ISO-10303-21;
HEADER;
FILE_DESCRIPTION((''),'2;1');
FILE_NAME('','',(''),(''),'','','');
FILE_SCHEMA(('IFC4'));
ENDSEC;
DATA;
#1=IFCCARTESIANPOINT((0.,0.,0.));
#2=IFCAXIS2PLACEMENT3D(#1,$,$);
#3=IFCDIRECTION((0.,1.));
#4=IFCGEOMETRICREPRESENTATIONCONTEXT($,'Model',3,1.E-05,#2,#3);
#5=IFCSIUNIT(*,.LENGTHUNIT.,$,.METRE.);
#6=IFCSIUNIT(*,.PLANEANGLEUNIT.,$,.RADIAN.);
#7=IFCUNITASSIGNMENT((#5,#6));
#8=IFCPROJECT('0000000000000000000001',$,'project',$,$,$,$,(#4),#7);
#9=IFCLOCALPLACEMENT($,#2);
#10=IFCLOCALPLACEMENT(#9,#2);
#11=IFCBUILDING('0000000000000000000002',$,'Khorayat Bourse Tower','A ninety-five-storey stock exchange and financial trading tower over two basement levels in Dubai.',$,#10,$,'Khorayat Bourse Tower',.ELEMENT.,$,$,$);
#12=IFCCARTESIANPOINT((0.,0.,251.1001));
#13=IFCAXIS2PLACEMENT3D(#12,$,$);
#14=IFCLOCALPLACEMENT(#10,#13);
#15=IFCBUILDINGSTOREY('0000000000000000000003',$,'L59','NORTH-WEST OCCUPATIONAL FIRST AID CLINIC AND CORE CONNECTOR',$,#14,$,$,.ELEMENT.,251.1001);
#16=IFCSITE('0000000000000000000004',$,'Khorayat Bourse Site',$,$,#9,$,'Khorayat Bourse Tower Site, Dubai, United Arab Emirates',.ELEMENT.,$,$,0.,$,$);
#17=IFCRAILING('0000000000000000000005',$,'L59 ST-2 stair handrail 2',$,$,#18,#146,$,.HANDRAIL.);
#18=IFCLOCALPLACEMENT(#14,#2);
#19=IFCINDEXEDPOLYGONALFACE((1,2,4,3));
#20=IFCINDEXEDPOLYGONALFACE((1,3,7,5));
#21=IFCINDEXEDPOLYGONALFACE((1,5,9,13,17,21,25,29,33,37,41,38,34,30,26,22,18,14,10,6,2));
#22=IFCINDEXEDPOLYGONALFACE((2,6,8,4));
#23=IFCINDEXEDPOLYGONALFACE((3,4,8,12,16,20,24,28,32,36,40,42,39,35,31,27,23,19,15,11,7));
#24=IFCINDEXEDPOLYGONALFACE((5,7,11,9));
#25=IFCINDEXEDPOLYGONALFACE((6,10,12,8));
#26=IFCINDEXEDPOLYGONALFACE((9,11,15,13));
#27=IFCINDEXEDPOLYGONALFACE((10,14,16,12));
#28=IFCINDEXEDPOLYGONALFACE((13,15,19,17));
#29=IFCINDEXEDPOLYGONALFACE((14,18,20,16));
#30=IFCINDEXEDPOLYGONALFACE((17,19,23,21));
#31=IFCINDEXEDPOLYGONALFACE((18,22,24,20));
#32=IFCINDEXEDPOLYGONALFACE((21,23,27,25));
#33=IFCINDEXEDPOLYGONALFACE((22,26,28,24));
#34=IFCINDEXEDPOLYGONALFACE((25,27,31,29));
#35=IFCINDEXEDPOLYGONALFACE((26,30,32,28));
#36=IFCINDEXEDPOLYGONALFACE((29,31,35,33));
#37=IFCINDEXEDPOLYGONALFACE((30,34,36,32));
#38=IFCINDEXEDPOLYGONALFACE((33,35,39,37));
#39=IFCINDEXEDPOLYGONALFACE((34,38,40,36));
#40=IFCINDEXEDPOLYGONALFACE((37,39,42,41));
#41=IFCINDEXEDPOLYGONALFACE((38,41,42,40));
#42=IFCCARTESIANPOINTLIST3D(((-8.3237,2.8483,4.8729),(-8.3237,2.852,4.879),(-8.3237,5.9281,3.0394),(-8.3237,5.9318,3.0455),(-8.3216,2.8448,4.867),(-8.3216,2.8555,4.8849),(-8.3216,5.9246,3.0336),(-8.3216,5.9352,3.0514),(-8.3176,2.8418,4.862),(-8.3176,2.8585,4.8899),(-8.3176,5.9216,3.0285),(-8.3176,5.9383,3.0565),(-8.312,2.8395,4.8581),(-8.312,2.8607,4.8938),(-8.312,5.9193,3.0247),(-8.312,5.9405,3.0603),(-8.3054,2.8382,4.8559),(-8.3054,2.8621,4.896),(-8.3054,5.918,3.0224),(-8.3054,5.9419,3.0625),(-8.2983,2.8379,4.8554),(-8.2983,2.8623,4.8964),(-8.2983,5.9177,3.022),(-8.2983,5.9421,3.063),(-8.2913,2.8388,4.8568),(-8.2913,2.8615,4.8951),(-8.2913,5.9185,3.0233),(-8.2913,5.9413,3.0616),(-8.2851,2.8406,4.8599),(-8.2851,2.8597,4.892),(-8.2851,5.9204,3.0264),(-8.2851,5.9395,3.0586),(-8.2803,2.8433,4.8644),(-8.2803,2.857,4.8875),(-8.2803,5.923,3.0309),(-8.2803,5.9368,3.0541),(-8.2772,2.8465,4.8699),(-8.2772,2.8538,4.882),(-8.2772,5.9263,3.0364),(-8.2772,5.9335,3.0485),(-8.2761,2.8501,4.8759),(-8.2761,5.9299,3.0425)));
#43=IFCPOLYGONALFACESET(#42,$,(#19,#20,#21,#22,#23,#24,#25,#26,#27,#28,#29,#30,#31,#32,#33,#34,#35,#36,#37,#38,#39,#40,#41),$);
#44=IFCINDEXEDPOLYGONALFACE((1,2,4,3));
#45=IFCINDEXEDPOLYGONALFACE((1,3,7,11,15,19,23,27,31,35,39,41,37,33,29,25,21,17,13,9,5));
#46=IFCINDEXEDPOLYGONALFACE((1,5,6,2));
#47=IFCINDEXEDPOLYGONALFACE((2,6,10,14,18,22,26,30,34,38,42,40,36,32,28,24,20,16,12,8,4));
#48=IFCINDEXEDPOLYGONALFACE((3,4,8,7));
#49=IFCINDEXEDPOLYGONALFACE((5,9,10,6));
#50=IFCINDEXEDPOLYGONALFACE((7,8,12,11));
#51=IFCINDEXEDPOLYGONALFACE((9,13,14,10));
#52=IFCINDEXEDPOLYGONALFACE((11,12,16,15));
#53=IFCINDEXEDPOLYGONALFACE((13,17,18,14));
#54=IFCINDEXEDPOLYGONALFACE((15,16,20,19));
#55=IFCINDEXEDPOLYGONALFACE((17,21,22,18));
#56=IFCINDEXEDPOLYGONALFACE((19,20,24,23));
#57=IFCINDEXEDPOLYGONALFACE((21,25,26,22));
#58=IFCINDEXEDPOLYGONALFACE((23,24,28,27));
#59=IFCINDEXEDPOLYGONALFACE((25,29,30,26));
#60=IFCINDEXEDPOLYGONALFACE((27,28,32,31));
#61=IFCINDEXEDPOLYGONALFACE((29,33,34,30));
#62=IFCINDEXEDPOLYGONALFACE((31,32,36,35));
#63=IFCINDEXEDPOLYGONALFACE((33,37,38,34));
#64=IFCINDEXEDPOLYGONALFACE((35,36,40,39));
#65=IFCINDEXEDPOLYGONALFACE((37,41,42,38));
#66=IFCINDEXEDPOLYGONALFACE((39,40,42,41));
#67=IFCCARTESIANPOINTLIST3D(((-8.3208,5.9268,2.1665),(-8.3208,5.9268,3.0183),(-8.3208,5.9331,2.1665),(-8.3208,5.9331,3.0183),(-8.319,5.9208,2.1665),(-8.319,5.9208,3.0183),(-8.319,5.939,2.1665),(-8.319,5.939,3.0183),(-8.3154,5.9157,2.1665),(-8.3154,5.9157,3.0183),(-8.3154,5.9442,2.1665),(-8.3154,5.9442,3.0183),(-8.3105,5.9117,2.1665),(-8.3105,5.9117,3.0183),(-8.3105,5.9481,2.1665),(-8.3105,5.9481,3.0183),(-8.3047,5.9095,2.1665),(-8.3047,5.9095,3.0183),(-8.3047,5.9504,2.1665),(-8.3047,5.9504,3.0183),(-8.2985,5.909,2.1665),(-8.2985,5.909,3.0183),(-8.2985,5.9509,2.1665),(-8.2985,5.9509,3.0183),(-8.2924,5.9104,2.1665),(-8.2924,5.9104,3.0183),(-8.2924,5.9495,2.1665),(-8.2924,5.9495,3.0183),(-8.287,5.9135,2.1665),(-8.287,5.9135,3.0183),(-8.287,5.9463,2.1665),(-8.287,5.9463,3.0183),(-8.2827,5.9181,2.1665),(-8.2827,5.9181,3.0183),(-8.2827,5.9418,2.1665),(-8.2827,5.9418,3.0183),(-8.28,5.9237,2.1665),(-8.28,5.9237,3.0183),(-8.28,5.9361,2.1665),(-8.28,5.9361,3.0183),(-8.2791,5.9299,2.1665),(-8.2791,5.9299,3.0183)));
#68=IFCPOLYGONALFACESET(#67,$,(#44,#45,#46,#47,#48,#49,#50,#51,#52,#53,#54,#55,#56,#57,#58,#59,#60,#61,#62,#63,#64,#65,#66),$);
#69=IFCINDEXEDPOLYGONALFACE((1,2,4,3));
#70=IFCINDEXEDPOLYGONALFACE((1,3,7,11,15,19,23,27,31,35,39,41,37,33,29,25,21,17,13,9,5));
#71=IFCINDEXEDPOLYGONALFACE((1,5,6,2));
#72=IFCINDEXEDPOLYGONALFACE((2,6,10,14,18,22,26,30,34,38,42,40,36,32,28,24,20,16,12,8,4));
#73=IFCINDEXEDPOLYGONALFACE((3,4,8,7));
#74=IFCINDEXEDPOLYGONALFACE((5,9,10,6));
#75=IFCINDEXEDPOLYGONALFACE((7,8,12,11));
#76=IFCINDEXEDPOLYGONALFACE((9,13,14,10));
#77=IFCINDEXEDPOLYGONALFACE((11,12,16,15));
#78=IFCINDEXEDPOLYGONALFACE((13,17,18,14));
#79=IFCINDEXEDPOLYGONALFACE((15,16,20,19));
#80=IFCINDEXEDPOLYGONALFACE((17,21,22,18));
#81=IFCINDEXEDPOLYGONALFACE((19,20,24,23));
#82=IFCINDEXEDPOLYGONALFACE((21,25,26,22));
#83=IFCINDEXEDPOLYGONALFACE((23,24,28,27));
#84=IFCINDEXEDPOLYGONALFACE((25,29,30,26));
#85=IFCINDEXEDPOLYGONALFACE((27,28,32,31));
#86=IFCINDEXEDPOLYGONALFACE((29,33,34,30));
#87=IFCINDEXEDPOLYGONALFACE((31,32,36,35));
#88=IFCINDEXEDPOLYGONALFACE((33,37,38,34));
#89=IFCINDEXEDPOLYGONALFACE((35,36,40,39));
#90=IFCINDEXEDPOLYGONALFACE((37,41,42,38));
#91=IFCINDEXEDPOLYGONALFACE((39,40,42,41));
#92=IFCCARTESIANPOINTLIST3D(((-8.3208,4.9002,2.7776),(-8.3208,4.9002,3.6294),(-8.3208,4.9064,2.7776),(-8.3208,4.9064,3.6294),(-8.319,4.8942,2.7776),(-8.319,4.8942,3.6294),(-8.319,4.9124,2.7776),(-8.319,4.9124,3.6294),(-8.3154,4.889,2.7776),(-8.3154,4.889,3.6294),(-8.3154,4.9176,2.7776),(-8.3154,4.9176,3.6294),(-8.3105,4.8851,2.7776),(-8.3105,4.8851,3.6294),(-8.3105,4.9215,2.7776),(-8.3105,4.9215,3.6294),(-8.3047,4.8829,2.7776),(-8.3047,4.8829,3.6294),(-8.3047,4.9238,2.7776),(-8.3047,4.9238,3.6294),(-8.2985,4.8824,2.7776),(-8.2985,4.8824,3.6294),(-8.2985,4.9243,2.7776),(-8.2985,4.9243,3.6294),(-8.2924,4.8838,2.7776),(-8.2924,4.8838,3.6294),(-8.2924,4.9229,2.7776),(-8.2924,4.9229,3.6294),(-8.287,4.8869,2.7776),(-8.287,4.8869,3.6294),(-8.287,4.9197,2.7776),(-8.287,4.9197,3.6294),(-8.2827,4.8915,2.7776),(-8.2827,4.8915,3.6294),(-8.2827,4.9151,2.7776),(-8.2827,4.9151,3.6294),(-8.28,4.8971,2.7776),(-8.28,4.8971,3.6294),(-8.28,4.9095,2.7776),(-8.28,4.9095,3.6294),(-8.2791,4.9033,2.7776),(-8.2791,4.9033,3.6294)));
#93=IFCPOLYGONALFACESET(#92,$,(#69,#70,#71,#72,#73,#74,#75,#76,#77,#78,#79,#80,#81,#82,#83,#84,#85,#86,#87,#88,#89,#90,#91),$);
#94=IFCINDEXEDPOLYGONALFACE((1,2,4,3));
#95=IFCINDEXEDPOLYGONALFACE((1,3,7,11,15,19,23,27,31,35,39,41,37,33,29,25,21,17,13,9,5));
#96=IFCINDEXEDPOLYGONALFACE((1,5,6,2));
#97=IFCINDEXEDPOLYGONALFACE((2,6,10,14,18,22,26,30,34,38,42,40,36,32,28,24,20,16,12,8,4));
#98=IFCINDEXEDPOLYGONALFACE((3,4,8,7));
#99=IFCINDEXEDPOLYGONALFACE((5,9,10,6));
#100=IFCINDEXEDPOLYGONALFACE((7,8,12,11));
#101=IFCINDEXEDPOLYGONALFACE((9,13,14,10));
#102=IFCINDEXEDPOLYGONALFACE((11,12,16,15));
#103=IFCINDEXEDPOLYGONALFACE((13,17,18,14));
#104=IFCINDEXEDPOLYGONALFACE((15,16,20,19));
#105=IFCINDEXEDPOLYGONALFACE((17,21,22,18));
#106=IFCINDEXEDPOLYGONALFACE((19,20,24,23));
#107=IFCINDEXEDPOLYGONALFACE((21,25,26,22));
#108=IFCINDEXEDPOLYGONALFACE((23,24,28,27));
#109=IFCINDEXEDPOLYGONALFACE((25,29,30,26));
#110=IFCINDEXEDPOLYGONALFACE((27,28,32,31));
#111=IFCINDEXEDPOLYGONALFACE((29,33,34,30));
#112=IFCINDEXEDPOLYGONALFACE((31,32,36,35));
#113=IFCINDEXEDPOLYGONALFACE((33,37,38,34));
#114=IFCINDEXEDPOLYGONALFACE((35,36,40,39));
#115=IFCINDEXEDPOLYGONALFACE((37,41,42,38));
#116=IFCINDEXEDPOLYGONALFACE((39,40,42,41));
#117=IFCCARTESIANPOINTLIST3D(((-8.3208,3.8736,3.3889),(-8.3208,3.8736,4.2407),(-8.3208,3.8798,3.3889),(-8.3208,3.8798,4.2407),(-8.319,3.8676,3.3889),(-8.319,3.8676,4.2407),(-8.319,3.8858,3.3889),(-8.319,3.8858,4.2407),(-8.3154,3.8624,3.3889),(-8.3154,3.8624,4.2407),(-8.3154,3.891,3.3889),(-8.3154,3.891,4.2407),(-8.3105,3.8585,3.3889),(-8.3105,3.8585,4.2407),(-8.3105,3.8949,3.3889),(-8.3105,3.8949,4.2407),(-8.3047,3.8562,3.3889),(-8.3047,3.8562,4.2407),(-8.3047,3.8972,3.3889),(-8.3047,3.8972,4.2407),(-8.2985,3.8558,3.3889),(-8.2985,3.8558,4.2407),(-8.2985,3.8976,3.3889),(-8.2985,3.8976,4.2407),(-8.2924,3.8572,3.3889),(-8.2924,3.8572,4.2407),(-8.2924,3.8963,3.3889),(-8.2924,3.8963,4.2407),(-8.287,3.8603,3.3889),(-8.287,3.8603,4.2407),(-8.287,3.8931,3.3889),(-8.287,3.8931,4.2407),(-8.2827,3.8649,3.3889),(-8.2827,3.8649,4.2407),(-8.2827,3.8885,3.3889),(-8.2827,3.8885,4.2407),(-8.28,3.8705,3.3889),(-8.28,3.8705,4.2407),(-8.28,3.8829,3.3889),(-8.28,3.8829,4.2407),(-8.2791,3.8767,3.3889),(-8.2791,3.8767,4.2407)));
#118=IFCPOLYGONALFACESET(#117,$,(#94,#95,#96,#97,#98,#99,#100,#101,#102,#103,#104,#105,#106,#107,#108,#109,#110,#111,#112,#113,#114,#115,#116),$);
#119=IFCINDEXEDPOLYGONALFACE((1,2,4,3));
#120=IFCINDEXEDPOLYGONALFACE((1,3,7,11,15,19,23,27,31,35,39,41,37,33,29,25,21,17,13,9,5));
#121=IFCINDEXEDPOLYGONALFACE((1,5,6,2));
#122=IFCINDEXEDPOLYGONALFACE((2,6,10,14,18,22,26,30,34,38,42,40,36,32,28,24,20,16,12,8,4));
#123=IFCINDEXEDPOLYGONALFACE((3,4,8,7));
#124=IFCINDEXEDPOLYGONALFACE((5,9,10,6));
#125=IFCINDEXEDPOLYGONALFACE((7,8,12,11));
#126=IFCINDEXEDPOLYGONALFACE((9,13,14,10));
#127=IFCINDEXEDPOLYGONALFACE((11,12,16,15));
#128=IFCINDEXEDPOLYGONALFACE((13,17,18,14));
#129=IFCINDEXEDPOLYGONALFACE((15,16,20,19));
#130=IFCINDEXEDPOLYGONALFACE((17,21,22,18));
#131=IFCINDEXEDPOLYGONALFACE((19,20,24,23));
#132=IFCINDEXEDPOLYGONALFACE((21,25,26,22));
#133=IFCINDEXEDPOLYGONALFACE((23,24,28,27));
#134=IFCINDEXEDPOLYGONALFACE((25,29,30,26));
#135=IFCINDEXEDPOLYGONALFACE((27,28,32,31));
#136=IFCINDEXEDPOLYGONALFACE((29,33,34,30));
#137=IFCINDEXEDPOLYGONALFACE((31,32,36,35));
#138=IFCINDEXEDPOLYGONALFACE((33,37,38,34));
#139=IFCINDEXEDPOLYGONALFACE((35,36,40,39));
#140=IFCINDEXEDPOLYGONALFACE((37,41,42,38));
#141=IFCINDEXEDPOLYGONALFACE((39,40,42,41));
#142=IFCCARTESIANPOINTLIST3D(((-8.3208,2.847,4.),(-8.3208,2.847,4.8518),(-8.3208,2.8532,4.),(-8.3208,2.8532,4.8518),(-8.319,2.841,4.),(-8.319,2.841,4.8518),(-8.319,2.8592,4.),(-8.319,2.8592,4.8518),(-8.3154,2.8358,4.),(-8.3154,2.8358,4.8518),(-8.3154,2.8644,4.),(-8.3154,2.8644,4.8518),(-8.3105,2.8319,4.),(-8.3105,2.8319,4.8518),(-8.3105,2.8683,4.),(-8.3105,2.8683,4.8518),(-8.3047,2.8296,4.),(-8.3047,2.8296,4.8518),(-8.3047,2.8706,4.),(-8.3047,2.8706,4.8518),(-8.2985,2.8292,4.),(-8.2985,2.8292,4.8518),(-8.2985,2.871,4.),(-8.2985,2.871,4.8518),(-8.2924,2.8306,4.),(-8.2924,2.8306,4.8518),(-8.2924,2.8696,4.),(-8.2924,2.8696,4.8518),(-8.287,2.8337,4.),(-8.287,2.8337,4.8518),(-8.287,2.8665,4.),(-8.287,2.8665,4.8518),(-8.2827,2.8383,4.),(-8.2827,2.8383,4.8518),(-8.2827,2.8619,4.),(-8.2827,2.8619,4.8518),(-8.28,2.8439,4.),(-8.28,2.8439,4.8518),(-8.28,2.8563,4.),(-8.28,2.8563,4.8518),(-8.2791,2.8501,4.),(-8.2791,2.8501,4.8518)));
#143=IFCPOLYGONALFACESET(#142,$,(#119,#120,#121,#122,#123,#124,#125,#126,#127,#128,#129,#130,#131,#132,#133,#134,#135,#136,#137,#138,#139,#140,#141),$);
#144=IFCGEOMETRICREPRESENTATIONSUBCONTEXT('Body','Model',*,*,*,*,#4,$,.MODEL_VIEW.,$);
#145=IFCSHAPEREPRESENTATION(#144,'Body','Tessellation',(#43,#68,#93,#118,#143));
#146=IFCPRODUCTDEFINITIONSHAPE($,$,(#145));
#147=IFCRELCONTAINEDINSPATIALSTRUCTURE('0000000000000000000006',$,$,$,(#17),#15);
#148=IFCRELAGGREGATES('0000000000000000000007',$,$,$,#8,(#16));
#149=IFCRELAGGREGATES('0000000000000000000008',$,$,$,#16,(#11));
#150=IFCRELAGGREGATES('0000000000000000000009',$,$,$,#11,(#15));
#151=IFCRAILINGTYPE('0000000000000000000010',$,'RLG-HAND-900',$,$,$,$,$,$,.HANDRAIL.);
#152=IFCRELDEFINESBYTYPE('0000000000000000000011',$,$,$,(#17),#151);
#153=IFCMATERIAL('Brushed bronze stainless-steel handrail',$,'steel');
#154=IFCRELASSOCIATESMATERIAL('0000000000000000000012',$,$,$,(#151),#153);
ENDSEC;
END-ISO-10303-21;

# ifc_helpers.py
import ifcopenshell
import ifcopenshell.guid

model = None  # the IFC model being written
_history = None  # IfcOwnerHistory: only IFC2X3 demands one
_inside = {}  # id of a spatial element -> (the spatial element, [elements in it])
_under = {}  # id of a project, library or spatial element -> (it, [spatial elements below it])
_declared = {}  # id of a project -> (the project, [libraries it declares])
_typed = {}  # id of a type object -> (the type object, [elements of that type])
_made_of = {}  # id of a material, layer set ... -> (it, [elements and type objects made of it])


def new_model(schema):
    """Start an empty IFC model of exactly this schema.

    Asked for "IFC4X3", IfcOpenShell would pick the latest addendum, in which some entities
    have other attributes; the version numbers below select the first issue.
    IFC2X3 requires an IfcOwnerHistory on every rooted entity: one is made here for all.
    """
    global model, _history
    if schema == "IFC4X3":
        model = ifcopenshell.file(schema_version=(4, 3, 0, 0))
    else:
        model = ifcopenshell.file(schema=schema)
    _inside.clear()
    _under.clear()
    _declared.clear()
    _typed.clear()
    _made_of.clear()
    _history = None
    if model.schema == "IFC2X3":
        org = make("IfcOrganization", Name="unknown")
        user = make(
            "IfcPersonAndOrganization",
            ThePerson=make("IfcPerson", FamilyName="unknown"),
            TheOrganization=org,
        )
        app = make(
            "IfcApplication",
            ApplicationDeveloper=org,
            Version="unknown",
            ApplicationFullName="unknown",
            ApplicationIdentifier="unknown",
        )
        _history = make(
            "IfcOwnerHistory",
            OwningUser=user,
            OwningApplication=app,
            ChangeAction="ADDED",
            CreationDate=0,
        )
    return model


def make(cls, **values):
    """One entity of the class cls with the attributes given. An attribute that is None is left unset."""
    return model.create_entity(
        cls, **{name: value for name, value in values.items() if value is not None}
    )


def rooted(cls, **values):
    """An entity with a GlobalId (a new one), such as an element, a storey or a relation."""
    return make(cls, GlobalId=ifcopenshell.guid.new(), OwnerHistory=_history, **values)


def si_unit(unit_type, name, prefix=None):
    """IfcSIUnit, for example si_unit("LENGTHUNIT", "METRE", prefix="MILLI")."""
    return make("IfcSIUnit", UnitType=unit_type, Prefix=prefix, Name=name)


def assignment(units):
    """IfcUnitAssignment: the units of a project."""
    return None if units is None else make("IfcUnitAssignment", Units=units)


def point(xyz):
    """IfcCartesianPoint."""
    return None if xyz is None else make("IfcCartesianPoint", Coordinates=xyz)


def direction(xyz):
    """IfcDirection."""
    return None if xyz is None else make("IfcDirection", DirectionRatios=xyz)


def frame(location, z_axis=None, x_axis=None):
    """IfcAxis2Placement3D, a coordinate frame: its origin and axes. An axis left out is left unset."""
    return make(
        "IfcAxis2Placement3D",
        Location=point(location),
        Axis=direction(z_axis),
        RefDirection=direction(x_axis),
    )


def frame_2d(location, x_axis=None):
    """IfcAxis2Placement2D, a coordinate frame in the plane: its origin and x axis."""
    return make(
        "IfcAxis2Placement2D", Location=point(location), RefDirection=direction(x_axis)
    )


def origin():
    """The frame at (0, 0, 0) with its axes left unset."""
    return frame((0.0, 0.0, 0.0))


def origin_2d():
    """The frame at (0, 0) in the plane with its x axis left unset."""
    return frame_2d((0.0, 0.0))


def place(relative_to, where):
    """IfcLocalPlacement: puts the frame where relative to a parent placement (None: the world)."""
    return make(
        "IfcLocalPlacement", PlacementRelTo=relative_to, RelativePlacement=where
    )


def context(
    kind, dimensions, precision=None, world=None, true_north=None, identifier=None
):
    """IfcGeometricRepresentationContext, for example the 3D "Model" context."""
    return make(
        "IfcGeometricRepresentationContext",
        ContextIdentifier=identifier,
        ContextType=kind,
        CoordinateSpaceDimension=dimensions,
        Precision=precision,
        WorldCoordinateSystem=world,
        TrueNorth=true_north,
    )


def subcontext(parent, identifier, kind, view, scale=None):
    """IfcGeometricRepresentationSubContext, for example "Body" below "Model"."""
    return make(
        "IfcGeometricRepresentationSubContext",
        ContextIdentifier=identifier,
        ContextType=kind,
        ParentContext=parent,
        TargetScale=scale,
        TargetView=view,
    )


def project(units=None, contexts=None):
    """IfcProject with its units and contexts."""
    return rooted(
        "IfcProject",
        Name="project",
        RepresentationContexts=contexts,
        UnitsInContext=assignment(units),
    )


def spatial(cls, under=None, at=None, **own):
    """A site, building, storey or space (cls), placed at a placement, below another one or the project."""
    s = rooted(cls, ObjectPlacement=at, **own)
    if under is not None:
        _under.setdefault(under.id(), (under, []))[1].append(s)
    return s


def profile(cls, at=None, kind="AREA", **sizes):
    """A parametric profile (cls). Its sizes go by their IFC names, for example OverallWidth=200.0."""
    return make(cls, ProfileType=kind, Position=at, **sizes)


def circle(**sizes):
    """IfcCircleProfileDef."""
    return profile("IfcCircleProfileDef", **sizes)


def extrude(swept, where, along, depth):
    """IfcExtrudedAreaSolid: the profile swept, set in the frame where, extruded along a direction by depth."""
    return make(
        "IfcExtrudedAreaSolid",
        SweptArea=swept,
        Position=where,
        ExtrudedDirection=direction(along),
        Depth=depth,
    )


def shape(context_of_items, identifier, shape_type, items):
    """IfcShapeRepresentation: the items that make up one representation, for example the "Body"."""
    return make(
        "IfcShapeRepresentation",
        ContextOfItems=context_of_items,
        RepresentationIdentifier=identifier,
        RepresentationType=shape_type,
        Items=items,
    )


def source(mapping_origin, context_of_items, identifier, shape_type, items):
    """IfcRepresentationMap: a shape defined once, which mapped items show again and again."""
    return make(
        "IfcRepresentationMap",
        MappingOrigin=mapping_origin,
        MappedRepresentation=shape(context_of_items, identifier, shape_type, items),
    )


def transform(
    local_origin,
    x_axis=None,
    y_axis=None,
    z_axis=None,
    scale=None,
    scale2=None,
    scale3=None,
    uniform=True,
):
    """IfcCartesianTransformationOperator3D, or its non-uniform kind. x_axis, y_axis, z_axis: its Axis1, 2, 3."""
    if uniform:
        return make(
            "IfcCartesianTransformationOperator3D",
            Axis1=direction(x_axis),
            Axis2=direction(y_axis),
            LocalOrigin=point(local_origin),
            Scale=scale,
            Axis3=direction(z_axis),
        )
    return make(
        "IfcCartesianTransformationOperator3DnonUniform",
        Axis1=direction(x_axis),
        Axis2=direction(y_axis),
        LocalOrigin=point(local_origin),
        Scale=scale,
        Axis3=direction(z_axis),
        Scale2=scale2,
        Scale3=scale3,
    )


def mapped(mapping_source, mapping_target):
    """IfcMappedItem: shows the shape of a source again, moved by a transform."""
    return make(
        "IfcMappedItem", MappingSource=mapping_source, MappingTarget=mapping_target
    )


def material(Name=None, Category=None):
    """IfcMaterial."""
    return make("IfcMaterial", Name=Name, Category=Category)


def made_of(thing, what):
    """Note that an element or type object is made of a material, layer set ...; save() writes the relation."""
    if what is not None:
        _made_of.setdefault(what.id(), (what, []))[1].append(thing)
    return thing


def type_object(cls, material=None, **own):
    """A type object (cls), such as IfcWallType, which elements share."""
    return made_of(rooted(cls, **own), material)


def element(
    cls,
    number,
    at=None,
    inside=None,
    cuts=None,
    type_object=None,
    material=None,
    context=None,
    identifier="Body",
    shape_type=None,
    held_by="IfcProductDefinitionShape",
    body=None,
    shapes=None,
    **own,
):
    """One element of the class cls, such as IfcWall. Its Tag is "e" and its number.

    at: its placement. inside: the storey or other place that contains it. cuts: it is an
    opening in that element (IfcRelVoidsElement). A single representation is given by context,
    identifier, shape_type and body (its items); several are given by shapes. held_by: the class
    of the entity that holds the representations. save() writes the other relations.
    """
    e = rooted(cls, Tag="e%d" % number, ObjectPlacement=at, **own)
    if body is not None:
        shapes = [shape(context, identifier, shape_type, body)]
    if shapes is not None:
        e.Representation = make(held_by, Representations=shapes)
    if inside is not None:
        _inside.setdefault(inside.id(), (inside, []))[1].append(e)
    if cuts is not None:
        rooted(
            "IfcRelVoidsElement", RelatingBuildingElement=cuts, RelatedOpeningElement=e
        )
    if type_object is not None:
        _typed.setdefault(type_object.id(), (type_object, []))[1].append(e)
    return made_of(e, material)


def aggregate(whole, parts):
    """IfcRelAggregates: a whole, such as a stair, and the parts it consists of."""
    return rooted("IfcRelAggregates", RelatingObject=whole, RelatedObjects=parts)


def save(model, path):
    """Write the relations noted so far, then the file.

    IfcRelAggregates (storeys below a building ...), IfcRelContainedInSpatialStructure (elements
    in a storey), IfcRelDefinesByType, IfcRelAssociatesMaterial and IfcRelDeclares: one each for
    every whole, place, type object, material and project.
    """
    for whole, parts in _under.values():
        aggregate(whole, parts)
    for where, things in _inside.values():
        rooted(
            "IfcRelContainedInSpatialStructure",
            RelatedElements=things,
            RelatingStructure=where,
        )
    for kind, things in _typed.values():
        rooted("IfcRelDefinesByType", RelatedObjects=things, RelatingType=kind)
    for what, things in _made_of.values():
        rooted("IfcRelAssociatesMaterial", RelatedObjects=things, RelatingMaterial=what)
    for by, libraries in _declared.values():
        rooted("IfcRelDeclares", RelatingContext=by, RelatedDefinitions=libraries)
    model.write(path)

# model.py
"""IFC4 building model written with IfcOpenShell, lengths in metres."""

from ifc_helpers import new_model, si_unit, direction, frame, origin, origin_2d, place, context, subcontext, project, spatial, circle, extrude, source, transform, mapped, material, type_object, element, save


model = new_model("IFC4")

# Units and contexts
model_context = context("Model", 3, precision=1e-05, world=origin(), true_north=direction((0.0, 1.0)))
body_context = subcontext(model_context, "Body", "Model", "MODEL_VIEW")
ifc_project = project(units=[si_unit("LENGTHUNIT", "METRE"), si_unit("PLANEANGLEUNIT", "RADIAN")], contexts=[model_context])

# Site, building, storey
site_placement = place(None, origin())
site = spatial("IfcSite", under=ifc_project, at=site_placement, Name="Khorayat Bourse Site", LongName="Khorayat Bourse Tower Site, Dubai, United Arab Emirates", CompositionType="ELEMENT", RefElevation=0.0)
building_placement = place(site_placement, origin())
building = spatial("IfcBuilding", under=site, at=building_placement, Name="Khorayat Bourse Tower", Description="A ninety-five-storey stock exchange and financial trading tower over two basement levels in Dubai.", LongName="Khorayat Bourse Tower", CompositionType="ELEMENT")
storey_placement = place(building_placement, frame((0.0, 0.0, 251.1001)))
storey = spatial("IfcBuildingStorey", under=building, at=storey_placement, Name="L59", Description="NORTH-WEST OCCUPATIONAL FIRST AID CLINIC AND CORE CONNECTOR", CompositionType="ELEMENT", Elevation=251.1001)

# Railing
ifc_material_1 = material(Name="Brushed bronze stainless-steel handrail", Category="steel")
railing_type_1 = type_object("IfcRailingType", Name="RLG-HAND-900", PredefinedType="HANDRAIL", material=ifc_material_1)
shared_shape_1 = source(origin(), body_context, "Body", "SweptSolid", [
    extrude(circle(Radius=0.0239, at=origin_2d()), frame((0.0, 0.0, 0.876), z_axis=(0.0, -0.859261, 0.511538), x_axis=(1.0, 0.0, 0.0)), (0.0, 0.0, 1.0), 3.5842),
    extrude(circle(Radius=0.021, at=origin_2d()), origin(), (0.0, 0.0, 1.0), 0.8518),
    extrude(circle(Radius=0.021, at=origin_2d()), frame((0.0, -1.0266, 0.6111)), (0.0, 0.0, 1.0), 0.8518),
    extrude(circle(Radius=0.021, at=origin_2d()), frame((0.0, -2.0532, 1.2224)), (0.0, 0.0, 1.0), 0.8518),
    extrude(circle(Radius=0.021, at=origin_2d()), frame((0.0, -3.0798, 1.8335)), (0.0, 0.0, 1.0), 0.8518),
])
railing_1_placement = place(storey_placement, frame((-8.3, 5.9299, 2.1665)))
element("IfcRailing", 1, at=railing_1_placement, inside=storey, type_object=railing_type_1, Name="L59 ST-2 stair handrail 2", PredefinedType="HANDRAIL", context=body_context, shape_type="MappedRepresentation", body=[
    mapped(shared_shape_1, transform((0.0, 0.0, 0.0), scale=1.0)),
])

save(model, "model.ifc")
